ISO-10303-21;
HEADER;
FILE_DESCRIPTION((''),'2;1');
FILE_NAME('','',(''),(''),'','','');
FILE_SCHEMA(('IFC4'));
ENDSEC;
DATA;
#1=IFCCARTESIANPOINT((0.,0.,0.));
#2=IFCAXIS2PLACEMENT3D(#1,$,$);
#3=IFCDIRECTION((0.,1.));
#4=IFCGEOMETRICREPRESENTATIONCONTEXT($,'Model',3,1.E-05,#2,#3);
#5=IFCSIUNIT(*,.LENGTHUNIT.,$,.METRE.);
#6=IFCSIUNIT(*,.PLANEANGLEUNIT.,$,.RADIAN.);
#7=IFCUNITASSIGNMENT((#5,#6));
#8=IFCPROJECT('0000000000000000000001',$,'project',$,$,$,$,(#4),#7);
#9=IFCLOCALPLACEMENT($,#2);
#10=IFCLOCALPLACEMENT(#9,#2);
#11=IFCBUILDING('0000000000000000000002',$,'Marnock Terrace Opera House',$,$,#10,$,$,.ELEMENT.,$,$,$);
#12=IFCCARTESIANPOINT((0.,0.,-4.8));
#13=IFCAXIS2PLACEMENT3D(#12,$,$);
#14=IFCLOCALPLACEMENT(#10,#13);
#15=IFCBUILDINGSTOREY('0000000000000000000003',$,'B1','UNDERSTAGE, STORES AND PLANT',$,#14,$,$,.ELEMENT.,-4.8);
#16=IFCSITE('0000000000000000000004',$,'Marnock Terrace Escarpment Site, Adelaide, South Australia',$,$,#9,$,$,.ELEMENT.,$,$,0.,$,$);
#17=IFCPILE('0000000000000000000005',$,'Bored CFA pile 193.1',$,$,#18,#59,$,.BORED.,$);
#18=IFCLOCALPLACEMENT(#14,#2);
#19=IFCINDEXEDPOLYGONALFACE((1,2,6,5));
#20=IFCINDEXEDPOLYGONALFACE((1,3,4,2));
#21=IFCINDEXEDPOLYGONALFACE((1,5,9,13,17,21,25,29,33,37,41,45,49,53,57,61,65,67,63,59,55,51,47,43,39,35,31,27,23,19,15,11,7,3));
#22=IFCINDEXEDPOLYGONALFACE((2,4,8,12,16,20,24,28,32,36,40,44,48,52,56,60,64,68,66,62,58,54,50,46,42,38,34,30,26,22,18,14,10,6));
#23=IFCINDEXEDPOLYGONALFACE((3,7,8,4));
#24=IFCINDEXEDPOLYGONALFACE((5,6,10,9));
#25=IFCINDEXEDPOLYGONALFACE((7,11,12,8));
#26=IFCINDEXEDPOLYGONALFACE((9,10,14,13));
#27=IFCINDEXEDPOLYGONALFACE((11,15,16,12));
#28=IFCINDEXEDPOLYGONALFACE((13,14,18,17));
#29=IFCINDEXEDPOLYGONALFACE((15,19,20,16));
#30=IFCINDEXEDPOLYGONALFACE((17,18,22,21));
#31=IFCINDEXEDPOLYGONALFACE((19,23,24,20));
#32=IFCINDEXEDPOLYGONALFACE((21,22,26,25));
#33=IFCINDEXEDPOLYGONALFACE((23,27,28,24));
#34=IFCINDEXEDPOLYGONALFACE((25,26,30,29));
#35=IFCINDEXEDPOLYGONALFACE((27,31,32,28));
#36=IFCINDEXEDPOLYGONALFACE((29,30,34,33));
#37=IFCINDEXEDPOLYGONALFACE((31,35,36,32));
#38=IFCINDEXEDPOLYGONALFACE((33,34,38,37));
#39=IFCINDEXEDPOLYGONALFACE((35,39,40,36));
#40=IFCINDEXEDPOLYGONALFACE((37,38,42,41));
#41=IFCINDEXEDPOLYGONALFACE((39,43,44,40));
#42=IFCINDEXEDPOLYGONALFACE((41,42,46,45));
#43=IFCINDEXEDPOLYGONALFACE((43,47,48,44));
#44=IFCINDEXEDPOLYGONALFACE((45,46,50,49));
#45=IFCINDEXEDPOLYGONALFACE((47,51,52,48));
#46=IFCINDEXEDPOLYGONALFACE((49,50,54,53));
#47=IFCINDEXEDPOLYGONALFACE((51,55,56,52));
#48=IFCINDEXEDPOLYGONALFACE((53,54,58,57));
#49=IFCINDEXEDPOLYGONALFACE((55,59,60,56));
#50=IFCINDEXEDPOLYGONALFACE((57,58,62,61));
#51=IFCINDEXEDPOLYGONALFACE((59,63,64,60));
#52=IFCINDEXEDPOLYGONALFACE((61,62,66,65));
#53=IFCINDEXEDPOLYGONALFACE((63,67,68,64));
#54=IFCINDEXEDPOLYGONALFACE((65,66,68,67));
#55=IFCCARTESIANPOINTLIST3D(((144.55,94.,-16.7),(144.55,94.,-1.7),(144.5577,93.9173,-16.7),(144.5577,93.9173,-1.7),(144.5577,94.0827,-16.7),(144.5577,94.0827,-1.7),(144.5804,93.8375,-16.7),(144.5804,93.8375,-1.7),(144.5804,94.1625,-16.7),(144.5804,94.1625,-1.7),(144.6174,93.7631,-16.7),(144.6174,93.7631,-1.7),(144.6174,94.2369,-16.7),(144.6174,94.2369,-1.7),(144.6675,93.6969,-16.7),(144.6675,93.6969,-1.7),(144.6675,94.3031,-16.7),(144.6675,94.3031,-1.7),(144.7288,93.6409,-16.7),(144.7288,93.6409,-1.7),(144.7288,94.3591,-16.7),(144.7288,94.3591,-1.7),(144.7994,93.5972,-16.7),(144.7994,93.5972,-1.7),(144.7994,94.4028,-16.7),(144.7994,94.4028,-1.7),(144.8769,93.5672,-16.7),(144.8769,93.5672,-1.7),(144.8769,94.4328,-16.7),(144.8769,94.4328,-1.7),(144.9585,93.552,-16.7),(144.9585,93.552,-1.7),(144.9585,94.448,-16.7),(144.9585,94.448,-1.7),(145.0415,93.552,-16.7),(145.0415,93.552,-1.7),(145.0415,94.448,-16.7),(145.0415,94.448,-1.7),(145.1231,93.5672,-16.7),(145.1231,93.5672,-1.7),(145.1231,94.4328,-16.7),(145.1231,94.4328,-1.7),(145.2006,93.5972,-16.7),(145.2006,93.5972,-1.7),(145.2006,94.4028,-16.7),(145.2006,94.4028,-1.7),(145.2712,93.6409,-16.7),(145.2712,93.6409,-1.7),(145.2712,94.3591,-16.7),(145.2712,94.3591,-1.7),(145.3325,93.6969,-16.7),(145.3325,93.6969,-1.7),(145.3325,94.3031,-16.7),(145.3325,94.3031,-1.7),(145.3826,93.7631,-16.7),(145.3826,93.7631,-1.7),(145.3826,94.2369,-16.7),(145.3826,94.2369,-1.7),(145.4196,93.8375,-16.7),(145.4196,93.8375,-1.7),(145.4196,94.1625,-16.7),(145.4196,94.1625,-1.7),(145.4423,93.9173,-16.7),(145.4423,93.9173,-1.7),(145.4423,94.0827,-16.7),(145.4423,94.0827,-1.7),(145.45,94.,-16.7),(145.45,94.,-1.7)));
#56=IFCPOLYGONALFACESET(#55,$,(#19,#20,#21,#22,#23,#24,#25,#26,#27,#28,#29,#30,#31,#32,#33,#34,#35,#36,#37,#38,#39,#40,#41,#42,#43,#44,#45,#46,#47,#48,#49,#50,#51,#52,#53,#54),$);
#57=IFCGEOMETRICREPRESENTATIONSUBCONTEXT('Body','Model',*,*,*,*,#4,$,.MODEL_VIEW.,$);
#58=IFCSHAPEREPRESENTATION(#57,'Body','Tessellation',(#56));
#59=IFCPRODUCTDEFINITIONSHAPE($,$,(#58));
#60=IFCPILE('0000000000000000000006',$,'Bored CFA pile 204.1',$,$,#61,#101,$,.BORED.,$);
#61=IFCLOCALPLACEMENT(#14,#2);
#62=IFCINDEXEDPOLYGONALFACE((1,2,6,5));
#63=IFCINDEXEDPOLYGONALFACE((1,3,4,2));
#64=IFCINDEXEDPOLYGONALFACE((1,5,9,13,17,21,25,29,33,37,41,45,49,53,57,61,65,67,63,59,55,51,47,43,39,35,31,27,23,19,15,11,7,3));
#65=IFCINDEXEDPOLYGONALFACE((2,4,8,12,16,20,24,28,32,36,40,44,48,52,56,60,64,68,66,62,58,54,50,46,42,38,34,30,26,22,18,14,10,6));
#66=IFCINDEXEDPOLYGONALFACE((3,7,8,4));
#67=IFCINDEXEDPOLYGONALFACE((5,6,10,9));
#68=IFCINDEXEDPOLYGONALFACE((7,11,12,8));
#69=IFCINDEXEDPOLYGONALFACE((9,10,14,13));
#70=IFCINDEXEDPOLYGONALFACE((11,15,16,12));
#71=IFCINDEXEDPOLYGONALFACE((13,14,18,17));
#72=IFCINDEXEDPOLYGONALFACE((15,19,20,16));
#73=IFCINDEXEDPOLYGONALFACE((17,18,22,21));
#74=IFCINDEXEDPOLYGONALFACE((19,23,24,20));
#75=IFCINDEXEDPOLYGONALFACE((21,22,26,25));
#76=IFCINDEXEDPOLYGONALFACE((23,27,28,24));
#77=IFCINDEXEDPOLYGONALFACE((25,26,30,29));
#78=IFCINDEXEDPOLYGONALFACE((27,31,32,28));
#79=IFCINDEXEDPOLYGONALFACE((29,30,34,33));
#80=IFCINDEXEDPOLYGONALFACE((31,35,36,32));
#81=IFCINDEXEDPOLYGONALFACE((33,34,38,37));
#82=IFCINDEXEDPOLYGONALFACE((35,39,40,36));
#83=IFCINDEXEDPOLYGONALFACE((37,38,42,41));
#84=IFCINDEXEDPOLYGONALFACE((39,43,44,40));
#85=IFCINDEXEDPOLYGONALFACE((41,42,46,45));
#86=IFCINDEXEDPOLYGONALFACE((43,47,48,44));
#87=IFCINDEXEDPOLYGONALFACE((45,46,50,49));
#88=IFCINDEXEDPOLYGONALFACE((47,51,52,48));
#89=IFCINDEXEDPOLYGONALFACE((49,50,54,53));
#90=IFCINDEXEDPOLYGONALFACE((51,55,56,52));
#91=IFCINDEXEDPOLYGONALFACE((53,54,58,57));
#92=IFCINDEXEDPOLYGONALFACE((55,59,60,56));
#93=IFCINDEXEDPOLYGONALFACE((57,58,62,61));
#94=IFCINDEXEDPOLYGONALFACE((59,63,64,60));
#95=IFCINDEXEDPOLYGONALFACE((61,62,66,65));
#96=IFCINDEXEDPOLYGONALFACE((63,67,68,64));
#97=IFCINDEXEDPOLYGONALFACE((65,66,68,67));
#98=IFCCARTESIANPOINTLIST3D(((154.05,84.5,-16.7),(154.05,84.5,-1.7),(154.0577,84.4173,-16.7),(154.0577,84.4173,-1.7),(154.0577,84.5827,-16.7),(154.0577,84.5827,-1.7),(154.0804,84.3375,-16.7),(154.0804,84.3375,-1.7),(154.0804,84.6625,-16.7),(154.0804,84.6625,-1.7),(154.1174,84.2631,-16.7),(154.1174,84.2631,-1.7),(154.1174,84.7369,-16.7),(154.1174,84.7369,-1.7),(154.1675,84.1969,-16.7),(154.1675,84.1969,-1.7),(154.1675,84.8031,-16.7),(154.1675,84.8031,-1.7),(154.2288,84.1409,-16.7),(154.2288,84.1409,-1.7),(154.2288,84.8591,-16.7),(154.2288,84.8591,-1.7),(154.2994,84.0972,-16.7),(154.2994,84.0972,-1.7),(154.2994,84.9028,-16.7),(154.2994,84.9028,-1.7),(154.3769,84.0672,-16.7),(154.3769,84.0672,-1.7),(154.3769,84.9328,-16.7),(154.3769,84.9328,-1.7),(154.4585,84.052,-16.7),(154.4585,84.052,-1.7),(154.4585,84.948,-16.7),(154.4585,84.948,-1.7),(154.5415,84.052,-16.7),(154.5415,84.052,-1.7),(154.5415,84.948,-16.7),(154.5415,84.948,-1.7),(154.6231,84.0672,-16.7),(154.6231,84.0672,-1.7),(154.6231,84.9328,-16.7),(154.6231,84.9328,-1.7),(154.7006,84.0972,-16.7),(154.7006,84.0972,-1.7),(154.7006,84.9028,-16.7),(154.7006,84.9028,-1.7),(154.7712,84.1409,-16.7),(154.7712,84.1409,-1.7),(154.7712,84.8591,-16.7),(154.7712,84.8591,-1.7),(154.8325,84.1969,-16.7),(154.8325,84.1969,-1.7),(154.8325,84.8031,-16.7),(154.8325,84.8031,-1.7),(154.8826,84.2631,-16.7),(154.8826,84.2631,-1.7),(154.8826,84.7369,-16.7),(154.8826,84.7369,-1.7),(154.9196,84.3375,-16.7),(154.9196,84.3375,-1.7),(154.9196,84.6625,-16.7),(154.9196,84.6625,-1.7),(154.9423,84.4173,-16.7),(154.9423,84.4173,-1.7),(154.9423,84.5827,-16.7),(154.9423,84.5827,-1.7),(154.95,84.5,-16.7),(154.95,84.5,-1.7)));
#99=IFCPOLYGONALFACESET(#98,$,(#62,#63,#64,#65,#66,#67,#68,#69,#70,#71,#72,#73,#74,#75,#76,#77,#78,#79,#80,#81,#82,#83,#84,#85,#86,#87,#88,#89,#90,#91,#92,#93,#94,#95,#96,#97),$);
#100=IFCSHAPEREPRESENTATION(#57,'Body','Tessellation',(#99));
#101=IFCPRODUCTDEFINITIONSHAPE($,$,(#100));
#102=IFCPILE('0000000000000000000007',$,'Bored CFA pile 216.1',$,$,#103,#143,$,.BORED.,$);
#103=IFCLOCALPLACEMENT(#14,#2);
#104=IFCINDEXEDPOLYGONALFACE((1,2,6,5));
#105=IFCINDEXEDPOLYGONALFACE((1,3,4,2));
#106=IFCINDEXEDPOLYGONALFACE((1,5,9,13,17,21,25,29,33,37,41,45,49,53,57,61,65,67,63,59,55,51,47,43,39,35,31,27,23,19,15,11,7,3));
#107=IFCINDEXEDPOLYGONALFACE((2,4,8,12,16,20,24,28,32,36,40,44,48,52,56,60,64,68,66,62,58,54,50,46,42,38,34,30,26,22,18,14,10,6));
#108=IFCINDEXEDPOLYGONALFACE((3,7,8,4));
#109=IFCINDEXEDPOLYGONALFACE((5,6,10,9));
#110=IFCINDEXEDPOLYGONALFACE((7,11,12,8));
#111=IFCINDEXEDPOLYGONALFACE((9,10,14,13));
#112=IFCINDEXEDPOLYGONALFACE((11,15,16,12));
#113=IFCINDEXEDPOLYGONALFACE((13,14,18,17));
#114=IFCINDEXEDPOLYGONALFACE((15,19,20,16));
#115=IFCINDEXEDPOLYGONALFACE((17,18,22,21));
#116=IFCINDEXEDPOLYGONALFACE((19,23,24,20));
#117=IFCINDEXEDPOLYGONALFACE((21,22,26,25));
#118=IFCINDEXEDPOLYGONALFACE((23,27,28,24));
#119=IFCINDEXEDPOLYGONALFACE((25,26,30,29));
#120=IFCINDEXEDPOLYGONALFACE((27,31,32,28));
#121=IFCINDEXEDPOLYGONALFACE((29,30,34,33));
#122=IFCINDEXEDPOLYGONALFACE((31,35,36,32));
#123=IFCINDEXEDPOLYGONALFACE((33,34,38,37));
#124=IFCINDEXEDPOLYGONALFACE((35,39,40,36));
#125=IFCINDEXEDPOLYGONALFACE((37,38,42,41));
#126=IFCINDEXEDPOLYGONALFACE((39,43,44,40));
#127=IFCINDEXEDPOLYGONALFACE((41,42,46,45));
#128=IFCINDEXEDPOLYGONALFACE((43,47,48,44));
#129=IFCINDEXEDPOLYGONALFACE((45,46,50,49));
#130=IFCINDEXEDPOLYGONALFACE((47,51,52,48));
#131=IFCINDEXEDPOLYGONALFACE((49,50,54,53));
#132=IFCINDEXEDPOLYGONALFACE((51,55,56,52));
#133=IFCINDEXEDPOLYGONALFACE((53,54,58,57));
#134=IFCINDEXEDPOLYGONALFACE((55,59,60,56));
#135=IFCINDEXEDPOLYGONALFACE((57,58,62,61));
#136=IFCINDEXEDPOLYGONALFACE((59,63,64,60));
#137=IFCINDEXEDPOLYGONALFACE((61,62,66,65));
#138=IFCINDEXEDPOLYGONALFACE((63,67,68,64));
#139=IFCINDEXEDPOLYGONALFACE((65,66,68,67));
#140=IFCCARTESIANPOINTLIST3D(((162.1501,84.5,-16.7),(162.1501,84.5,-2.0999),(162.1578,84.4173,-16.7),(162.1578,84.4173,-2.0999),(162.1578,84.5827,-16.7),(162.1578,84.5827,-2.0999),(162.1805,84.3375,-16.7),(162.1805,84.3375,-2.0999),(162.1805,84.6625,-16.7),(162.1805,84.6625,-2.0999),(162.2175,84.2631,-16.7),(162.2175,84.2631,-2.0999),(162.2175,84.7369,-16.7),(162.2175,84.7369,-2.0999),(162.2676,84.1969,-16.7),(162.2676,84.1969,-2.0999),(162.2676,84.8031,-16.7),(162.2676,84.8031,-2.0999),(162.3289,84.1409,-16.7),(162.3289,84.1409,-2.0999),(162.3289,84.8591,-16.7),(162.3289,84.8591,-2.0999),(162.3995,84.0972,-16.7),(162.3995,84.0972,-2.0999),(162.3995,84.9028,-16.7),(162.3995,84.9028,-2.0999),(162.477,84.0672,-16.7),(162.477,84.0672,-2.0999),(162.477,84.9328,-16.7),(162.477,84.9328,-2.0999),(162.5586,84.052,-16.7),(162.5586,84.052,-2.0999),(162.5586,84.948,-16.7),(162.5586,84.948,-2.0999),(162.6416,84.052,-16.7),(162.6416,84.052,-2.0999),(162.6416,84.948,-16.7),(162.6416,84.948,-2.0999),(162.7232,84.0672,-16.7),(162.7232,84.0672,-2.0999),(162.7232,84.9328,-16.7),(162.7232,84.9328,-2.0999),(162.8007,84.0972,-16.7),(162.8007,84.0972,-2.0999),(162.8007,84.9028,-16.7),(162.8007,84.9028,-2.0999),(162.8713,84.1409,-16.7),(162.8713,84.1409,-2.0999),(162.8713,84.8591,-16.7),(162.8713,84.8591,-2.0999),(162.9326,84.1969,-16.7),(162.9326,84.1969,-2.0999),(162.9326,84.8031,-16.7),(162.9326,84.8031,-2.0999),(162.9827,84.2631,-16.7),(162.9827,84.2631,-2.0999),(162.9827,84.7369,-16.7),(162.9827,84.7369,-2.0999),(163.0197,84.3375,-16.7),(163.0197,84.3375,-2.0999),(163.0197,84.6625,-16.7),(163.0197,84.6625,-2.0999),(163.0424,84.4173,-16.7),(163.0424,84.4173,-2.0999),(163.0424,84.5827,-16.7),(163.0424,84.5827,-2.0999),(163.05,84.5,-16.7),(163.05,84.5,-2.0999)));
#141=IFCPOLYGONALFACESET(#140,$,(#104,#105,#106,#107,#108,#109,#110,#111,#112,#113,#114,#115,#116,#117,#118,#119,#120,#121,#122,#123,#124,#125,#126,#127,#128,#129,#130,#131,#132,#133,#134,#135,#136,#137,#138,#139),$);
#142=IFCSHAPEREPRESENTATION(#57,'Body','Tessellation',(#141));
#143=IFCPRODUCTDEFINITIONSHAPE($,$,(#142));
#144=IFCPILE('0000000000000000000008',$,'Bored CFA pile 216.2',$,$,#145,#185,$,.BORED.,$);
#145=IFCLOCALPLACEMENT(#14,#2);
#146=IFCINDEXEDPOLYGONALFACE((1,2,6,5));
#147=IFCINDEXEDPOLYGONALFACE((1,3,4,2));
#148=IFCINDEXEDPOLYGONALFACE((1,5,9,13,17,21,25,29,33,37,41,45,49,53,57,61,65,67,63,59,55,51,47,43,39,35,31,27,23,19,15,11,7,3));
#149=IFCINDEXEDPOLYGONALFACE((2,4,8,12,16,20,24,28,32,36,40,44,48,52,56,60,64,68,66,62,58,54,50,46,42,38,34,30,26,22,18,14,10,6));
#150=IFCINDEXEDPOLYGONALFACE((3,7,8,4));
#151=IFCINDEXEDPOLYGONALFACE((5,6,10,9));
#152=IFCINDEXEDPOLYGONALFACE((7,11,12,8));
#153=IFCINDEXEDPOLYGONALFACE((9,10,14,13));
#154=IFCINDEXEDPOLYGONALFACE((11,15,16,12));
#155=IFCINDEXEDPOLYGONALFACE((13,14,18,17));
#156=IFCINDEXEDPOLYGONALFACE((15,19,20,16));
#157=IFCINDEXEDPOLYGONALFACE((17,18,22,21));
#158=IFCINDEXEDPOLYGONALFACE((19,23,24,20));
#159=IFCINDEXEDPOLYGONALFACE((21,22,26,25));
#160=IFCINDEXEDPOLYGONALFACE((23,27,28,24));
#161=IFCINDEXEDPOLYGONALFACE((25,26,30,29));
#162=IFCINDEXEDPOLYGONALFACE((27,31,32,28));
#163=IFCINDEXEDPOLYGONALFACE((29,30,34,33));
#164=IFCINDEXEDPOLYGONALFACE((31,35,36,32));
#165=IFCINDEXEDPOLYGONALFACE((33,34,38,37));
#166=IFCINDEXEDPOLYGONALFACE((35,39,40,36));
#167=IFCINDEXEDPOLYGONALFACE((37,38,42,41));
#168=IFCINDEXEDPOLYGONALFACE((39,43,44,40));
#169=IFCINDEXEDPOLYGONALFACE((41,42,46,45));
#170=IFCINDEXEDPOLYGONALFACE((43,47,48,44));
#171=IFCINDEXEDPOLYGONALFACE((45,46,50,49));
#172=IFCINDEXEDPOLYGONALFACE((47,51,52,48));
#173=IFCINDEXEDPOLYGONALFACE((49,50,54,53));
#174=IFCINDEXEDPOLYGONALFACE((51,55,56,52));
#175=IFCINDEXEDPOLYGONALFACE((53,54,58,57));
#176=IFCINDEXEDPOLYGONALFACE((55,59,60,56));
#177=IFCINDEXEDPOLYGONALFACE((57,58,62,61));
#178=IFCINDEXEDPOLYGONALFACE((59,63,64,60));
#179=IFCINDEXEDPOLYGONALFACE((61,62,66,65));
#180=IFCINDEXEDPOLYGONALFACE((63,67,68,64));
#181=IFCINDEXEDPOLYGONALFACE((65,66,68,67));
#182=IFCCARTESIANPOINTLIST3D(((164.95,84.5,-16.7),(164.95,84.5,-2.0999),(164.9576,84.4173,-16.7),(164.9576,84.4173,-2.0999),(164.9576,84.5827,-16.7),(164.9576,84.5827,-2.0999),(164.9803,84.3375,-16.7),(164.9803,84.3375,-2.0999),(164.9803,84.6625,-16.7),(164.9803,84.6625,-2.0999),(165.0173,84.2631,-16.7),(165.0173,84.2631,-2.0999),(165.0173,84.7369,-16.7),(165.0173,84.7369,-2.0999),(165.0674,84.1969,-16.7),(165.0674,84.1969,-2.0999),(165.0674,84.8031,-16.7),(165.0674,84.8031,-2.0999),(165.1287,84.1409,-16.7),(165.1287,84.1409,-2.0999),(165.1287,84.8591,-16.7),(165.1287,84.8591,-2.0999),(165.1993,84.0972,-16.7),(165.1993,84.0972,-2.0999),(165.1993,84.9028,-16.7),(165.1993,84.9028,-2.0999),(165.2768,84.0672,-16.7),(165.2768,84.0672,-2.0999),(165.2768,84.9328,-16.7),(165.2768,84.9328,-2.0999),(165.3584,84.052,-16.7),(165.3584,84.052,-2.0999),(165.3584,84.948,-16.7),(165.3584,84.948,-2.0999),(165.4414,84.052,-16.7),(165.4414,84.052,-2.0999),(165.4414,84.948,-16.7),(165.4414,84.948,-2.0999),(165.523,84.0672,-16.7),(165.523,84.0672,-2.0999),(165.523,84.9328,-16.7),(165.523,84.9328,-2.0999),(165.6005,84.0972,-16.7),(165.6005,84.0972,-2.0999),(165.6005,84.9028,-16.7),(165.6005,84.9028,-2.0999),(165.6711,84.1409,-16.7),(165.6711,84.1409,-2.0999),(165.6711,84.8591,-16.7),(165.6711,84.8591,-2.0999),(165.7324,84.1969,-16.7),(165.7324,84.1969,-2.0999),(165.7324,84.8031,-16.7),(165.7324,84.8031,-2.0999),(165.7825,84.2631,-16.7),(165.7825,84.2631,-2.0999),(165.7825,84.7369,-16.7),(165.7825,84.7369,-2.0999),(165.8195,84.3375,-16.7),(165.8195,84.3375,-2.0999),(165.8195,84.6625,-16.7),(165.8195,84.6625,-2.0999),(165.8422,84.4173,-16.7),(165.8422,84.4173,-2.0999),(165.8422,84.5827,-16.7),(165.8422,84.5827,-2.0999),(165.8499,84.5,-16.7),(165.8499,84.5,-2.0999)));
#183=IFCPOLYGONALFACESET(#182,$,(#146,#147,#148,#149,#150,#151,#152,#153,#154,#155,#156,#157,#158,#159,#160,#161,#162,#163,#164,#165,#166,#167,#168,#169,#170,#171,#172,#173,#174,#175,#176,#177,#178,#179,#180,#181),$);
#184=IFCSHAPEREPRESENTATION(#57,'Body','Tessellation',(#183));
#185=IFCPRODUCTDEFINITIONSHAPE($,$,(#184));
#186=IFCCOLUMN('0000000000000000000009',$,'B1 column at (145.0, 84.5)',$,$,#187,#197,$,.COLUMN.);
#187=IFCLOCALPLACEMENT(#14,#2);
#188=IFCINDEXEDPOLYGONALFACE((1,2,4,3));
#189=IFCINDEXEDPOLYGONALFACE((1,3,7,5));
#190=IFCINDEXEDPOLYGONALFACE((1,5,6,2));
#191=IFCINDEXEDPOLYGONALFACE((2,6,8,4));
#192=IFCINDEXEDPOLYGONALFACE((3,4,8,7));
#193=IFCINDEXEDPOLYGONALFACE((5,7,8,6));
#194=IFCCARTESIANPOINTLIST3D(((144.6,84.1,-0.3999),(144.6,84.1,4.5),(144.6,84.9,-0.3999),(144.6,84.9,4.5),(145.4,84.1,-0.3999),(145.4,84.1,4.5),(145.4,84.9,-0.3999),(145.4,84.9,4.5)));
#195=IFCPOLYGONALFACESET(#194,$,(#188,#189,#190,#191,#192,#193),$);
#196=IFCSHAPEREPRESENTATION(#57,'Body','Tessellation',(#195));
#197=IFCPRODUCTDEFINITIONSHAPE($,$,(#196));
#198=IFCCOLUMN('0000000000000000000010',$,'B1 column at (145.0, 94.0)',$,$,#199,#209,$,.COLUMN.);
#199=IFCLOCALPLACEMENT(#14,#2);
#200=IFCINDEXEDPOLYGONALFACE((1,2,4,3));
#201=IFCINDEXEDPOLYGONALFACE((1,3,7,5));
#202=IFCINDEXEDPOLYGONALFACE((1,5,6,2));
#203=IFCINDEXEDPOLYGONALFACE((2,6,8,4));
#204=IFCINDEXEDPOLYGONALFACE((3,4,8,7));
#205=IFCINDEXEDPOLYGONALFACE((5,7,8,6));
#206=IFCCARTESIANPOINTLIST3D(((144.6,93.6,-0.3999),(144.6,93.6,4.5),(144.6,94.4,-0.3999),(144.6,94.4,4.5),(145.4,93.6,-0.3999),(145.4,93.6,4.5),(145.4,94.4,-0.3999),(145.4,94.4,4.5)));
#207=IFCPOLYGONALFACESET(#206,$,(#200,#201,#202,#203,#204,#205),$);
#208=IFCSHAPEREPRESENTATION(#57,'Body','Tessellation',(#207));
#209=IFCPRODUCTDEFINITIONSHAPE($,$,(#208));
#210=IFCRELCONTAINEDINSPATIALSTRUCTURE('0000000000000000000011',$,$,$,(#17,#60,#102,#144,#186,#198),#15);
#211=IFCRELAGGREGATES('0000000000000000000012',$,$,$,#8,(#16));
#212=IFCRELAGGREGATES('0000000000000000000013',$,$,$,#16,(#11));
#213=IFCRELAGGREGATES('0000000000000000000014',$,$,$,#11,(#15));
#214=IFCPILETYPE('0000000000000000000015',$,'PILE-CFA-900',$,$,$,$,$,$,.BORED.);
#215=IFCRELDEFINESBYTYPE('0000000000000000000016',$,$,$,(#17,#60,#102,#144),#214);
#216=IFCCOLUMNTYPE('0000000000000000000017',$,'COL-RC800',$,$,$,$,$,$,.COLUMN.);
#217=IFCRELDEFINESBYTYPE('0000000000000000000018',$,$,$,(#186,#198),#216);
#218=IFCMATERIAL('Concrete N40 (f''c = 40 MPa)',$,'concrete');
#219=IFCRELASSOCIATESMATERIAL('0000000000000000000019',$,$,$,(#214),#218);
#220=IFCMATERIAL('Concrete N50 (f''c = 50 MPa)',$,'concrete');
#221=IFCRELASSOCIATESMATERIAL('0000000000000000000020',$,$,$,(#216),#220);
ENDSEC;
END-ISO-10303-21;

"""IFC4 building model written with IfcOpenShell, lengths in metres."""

from ifc_helpers import new_model, si_unit, direction, frame, origin, origin_2d, place, context, subcontext, project, spatial, rectangle, circle, extrude, material, material_profile, profile_set, type_object, element, save


model = new_model("IFC4")

# Units and contexts
model_context = context("Model", 3, precision=1e-05, world=origin(), true_north=direction((0.0, 1.0)))
body_context = subcontext(model_context, "Body", "Model", "MODEL_VIEW")
ifc_project = project(units=[si_unit("LENGTHUNIT", "METRE"), si_unit("PLANEANGLEUNIT", "RADIAN")], contexts=[model_context])

# Site, building, storey
site_placement = place(None, origin())
site = spatial("IfcSite", under=ifc_project, at=site_placement, Name="Marnock Terrace Escarpment Site, Adelaide, South Australia", CompositionType="ELEMENT", RefElevation=0.0)
building_placement = place(site_placement, origin())
building = spatial("IfcBuilding", under=site, at=building_placement, Name="Marnock Terrace Opera House", CompositionType="ELEMENT")
storey_placement = place(building_placement, frame((0.0, 0.0, -4.8)))
storey = spatial("IfcBuildingStorey", under=building, at=storey_placement, Name="B1", Description="UNDERSTAGE, STORES AND PLANT", CompositionType="ELEMENT", Elevation=-4.8)

# Shared definitions
ifc_material_1 = material(Name="Concrete N40 (f'c = 40 MPa)", Category="concrete")

# Piles
ifc_material_profile_1 = material_profile(ifc_material_1, circle(Radius=0.45, at=origin_2d()))
ifc_profile_set_1 = profile_set([ifc_material_profile_1], Name="Concrete N40 (f'c = 40 MPa)")
pile_type = type_object("IfcPileType", Name="PILE-CFA-900", PredefinedType="BORED", material=ifc_profile_set_1)
for number, where, z_axis, x_axis, name in (
    (1, (145.0, 94.0, -1.7), (0.0, 0.0, -1.0), (1.0, 0.0, 0.0), "Bored CFA pile 193.1"),
    (2, (154.5, 84.5, -1.7), (0.0, 0.0, -1.0), (1.0, 0.0, 0.0), "Bored CFA pile 204.1"),
):
    element("IfcPile", number, at=place(storey_placement, frame(where, z_axis=z_axis, x_axis=x_axis)), inside=storey, type_object=pile_type, Name=name, PredefinedType="BORED", context=body_context, shape_type="SweptSolid", body=[
        extrude(circle(Radius=0.45, at=origin_2d()), origin(), (0.0, 0.0, 1.0), 15.0),
    ])
for number, where, z_axis, x_axis, name in (
    (3, (162.6001, 84.5, -2.0999), (0.0, 0.0, -1.0), (1.0, 0.0, 0.0), "Bored CFA pile 216.1"),
    (4, (165.3999, 84.5, -2.0999), (0.0, 0.0, -1.0), (1.0, 0.0, 0.0), "Bored CFA pile 216.2"),
):
    element("IfcPile", number, at=place(storey_placement, frame(where, z_axis=z_axis, x_axis=x_axis)), inside=storey, type_object=pile_type, Name=name, PredefinedType="BORED", context=body_context, shape_type="SweptSolid", body=[
        extrude(circle(Radius=0.45, at=origin_2d()), origin(), (0.0, 0.0, 1.0), 14.6001),
    ])

# Columns
ifc_material_2 = material(Name="Concrete N50 (f'c = 50 MPa)", Category="concrete")
ifc_material_profile_2 = material_profile(ifc_material_2, rectangle(XDim=0.8, YDim=0.8, at=origin_2d()))
ifc_profile_set_2 = profile_set([ifc_material_profile_2], Name="Concrete N50 (f'c = 50 MPa)")
column_type = type_object("IfcColumnType", Name="COL-RC800", PredefinedType="COLUMN", material=ifc_profile_set_2)
for number, where, z_axis, x_axis, name in (
    (5, (145.0, 84.5, -0.3999), (0.0, 0.0, 1.0), (1.0, 0.0, 0.0), "B1 column at (145.0, 84.5)"),
    (6, (145.0, 94.0, -0.3999), (0.0, 0.0, 1.0), (1.0, 0.0, 0.0), "B1 column at (145.0, 94.0)"),
):
    element("IfcColumn", number, at=place(storey_placement, frame(where, z_axis=z_axis, x_axis=x_axis)), inside=storey, type_object=column_type, Name=name, PredefinedType="COLUMN", context=body_context, shape_type="SweptSolid", body=[
        extrude(rectangle(XDim=0.8, YDim=0.8, at=origin_2d()), origin(), (0.0, 0.0, 1.0), 4.8999),
    ])

save(model, "model.ifc")
